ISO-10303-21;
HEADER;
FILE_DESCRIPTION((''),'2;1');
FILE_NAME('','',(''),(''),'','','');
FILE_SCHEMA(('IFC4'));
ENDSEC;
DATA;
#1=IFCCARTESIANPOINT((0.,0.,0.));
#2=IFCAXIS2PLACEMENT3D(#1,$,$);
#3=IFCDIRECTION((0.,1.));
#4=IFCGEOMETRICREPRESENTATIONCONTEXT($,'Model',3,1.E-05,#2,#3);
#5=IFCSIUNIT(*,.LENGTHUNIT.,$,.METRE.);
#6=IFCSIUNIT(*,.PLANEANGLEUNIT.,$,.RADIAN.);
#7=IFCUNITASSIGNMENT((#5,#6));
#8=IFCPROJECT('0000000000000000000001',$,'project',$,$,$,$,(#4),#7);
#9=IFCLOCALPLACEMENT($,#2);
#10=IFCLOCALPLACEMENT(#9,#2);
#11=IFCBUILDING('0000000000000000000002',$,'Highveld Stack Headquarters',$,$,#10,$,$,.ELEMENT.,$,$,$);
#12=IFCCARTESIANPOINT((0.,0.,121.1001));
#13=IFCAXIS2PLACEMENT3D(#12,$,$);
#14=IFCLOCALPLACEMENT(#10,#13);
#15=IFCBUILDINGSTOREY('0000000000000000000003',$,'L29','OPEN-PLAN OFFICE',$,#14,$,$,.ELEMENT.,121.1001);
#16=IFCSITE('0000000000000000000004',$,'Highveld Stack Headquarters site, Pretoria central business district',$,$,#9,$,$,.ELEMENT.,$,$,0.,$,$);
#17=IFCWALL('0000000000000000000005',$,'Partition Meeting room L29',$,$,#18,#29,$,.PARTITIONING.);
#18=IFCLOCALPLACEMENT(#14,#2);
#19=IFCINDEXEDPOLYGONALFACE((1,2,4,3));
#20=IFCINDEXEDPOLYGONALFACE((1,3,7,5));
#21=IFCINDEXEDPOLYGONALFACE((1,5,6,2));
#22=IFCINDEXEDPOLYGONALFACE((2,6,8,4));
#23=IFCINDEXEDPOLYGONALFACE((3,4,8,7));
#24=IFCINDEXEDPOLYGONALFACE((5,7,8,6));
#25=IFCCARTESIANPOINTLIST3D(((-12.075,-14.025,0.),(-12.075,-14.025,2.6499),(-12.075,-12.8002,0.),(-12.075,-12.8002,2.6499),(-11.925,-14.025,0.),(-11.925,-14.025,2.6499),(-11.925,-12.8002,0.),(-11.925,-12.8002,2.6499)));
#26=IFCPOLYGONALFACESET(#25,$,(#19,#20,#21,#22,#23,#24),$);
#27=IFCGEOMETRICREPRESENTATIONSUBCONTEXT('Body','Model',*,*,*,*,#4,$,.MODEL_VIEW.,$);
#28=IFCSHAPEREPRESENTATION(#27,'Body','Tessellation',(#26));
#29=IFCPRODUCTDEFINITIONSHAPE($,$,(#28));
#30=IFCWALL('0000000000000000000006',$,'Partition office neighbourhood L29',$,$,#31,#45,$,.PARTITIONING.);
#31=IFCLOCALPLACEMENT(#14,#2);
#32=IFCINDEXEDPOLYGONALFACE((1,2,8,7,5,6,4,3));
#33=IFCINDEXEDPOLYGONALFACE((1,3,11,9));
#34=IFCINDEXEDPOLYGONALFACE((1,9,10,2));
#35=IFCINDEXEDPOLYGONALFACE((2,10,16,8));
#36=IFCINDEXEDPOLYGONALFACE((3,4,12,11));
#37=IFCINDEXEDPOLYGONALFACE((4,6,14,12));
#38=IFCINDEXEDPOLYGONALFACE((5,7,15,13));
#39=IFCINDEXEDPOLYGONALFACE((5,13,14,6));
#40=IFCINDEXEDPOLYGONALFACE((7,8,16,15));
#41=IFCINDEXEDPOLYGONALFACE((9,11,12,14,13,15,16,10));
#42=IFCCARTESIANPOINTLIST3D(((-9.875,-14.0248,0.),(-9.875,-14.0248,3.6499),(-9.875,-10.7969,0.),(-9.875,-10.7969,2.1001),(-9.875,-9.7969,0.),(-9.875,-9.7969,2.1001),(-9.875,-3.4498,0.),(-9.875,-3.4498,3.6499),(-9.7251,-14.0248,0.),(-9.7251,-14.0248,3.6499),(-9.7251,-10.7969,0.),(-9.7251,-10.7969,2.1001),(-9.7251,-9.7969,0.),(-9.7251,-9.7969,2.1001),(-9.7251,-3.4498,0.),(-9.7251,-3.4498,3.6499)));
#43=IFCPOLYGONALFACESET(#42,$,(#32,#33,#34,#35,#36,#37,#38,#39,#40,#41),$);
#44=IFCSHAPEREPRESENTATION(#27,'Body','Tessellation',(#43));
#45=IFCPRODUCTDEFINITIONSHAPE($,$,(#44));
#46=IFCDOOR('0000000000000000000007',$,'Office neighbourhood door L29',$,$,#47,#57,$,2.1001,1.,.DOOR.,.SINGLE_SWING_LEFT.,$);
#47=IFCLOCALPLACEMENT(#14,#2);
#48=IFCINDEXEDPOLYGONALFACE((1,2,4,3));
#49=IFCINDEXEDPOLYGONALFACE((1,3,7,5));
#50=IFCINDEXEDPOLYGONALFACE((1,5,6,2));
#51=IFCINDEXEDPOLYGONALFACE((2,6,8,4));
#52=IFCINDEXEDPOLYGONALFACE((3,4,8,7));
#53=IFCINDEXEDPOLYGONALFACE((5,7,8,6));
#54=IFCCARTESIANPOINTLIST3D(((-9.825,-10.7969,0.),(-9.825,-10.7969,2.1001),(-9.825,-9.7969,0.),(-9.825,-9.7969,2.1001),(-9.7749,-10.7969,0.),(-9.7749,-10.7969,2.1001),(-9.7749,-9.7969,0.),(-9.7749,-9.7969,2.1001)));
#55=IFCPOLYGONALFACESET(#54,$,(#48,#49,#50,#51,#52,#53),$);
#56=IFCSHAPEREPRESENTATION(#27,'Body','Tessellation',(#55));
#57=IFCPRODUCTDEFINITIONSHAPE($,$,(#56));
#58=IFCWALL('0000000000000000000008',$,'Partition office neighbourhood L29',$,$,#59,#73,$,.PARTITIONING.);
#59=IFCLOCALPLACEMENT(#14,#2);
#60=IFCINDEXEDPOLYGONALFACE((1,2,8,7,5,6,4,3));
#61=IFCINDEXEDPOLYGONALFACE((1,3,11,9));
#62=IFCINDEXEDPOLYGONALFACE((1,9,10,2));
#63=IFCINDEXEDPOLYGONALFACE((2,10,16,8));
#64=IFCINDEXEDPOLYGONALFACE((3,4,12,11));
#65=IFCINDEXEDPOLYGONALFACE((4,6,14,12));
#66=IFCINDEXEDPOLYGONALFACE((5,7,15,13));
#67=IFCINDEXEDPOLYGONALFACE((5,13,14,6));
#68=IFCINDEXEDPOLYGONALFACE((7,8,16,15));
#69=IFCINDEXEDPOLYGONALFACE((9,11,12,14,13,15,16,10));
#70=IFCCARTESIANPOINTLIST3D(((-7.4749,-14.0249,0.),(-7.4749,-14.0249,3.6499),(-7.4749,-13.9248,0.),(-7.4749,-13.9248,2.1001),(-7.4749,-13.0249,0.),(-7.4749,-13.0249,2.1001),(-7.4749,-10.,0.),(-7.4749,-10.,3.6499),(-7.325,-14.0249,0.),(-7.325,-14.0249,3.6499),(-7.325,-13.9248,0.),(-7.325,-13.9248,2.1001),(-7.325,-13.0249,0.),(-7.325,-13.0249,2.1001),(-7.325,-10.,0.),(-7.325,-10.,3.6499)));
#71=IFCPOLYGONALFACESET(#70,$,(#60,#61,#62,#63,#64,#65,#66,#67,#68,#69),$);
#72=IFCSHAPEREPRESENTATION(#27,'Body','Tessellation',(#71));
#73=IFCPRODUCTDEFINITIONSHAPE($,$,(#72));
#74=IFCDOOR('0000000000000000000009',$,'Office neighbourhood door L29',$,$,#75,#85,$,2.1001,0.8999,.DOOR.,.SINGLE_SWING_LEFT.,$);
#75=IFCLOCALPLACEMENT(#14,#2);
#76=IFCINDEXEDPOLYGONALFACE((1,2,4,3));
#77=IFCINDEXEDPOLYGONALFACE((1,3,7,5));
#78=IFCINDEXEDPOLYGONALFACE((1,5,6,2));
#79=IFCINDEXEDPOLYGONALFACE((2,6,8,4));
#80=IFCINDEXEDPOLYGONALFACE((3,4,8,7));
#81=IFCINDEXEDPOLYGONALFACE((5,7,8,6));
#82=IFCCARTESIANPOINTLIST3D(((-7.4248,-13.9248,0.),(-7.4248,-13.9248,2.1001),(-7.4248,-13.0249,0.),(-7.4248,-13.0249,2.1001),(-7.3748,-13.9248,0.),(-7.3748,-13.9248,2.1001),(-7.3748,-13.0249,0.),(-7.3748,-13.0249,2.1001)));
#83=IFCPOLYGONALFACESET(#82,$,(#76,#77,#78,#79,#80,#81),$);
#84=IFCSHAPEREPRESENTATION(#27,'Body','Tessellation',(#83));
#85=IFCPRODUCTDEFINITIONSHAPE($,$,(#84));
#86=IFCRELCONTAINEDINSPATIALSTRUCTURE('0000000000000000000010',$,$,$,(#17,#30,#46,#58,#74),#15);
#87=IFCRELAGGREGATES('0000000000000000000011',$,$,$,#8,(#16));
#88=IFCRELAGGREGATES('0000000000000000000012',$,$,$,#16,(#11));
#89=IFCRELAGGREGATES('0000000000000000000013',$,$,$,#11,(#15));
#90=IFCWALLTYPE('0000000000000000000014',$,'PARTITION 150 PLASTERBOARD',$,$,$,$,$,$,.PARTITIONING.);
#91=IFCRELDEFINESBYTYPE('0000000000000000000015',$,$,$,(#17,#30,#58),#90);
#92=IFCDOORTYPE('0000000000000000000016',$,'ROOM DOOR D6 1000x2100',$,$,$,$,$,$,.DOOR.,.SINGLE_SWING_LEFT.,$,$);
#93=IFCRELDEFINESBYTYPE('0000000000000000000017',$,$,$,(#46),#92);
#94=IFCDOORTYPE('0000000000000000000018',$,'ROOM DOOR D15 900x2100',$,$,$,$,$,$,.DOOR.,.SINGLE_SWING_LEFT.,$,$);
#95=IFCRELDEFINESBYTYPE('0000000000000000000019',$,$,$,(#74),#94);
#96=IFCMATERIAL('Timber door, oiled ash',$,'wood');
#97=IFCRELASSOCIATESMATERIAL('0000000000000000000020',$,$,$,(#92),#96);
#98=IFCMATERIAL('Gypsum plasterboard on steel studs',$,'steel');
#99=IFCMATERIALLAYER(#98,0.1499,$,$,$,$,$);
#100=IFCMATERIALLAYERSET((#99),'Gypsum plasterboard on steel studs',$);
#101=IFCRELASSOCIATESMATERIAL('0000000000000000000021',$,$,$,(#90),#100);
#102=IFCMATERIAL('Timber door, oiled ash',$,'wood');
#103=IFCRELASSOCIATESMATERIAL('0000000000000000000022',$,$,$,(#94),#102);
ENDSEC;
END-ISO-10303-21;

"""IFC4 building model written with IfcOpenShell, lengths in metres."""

from ifc_helpers import new_model, si_unit, direction, frame, frame_2d, origin, place, context, subcontext, project, spatial, rectangle, extrude, material, layer, layer_set, type_object, element, fill, save


model = new_model("IFC4")

# Units and contexts
model_context = context("Model", 3, precision=1e-05, world=origin(), true_north=direction((0.0, 1.0)))
body_context = subcontext(model_context, "Body", "Model", "MODEL_VIEW")
ifc_project = project(units=[si_unit("LENGTHUNIT", "METRE"), si_unit("PLANEANGLEUNIT", "RADIAN")], contexts=[model_context])

# Site, building, storey
site_placement = place(None, origin())
site = spatial("IfcSite", under=ifc_project, at=site_placement, Name="Highveld Stack Headquarters site, Pretoria central business district", CompositionType="ELEMENT", RefElevation=0.0)
building_placement = place(site_placement, origin())
building = spatial("IfcBuilding", under=site, at=building_placement, Name="Highveld Stack Headquarters", CompositionType="ELEMENT")
storey_placement = place(building_placement, frame((0.0, 0.0, 121.1001)))
storey = spatial("IfcBuildingStorey", under=building, at=storey_placement, Name="L29", Description="OPEN-PLAN OFFICE", CompositionType="ELEMENT", Elevation=121.1001)

# Shared definitions
ifc_material_1 = material(Name="Timber door, oiled ash", Category="wood")
door_type_1 = type_object("IfcDoorType", Name="ROOM DOOR D6 1000x2100", OperationType="SINGLE_SWING_LEFT", PredefinedType="DOOR", material=ifc_material_1)

# Shared definitions
ifc_material_2 = material(Name="Gypsum plasterboard on steel studs", Category="steel")
ifc_layer_1 = layer(ifc_material_2, 0.1499)
ifc_layer_set_1 = layer_set([ifc_layer_1], Name="Gypsum plasterboard on steel studs")
wall_type_1 = type_object("IfcWallType", Name="PARTITION 150 PLASTERBOARD", PredefinedType="PARTITIONING", material=ifc_layer_set_1)

# Wall
wall_1_placement = place(storey_placement, frame((-12.0, -14.0249, 0.0), z_axis=(0.0, 0.0, 1.0), x_axis=(0.0, 1.0, 0.0)))
element("IfcWall", 1, at=wall_1_placement, inside=storey, type_object=wall_type_1, Name="Partition Meeting room L29", PredefinedType="PARTITIONING", context=body_context, shape_type="SweptSolid", body=[
    extrude(rectangle(XDim=1.2249, YDim=0.1499, at=frame_2d((0.6123, 0.0))), origin(), (0.0, 0.0, 1.0), 2.6499),
])

# Walls, openings, doors
wall_2_placement = place(storey_placement, frame((-9.8, -14.0249, 0.0), z_axis=(0.0, 0.0, 1.0), x_axis=(0.0, 1.0, 0.0)))
wall_2 = element("IfcWall", 2, at=wall_2_placement, inside=storey, type_object=wall_type_1, Name="Partition office neighbourhood L29", PredefinedType="PARTITIONING", context=body_context, shape_type="SweptSolid", body=[
    extrude(rectangle(XDim=10.575, YDim=0.1499, at=frame_2d((5.2876, 0.0))), origin(), (0.0, 0.0, 1.0), 3.6499),
])
opening_1_placement = place(wall_2_placement, frame((3.228, 0.0, 0.0)))
opening_1 = element("IfcOpeningElement", 3, at=opening_1_placement, cuts=wall_2, PredefinedType="OPENING", context=body_context, shape_type="SweptSolid", body=[
    extrude(rectangle(XDim=1.0, YDim=2.1001, at=frame_2d((0.5, 1.05))), frame((0.0, 0.085, 0.0), z_axis=(0.0, -1.0, 0.0), x_axis=(1.0, 0.0, 0.0)), (0.0, 0.0, 1.0), 0.1699),
])
door_1_placement = place(opening_1_placement, origin())
door_1 = element("IfcDoor", 4, at=door_1_placement, inside=storey, type_object=door_type_1, Name="Office neighbourhood door L29", OperationType="SINGLE_SWING_LEFT", OverallHeight=2.1001, OverallWidth=1.0, PredefinedType="DOOR", context=body_context, shape_type="SweptSolid", body=[
    extrude(rectangle(XDim=1.0, YDim=2.1001, at=frame_2d((0.5, 1.05))), frame((0.0, 0.0249, 0.0), z_axis=(0.0, -1.0, 0.0), x_axis=(1.0, 0.0, 0.0)), (0.0, 0.0, 1.0), 0.05),
])
fill(opening_1, door_1)
wall_3_placement = place(storey_placement, frame((-7.3999, -14.0249, 0.0), z_axis=(0.0, 0.0, 1.0), x_axis=(0.0, 1.0, 0.0)))
wall_3 = element("IfcWall", 5, at=wall_3_placement, inside=storey, type_object=wall_type_1, Name="Partition office neighbourhood L29", PredefinedType="PARTITIONING", context=body_context, shape_type="SweptSolid", body=[
    extrude(rectangle(XDim=4.0249, YDim=0.1499, at=frame_2d((2.0125, 0.0))), origin(), (0.0, 0.0, 1.0), 3.6499),
])
opening_2_placement = place(wall_3_placement, frame((0.1001, 0.0, 0.0)))
opening_2 = element("IfcOpeningElement", 6, at=opening_2_placement, cuts=wall_3, PredefinedType="OPENING", context=body_context, shape_type="SweptSolid", body=[
    extrude(rectangle(XDim=0.8999, YDim=2.1001, at=frame_2d((0.45, 1.05))), frame((0.0, 0.085, 0.0), z_axis=(0.0, -1.0, 0.0), x_axis=(1.0, 0.0, 0.0)), (0.0, 0.0, 1.0), 0.1699),
])
ifc_material_3 = material(Name="Timber door, oiled ash", Category="wood")
door_type_2 = type_object("IfcDoorType", Name="ROOM DOOR D15 900x2100", OperationType="SINGLE_SWING_LEFT", PredefinedType="DOOR", material=ifc_material_3)
door_2_placement = place(opening_2_placement, origin())
door_2 = element("IfcDoor", 7, at=door_2_placement, inside=storey, type_object=door_type_2, Name="Office neighbourhood door L29", OperationType="SINGLE_SWING_LEFT", OverallHeight=2.1001, OverallWidth=0.8999, PredefinedType="DOOR", context=body_context, shape_type="SweptSolid", body=[
    extrude(rectangle(XDim=0.8999, YDim=2.1001, at=frame_2d((0.45, 1.05))), frame((0.0, 0.0249, 0.0), z_axis=(0.0, -1.0, 0.0), x_axis=(1.0, 0.0, 0.0)), (0.0, 0.0, 1.0), 0.05),
])
fill(opening_2, door_2)

save(model, "model.ifc")
